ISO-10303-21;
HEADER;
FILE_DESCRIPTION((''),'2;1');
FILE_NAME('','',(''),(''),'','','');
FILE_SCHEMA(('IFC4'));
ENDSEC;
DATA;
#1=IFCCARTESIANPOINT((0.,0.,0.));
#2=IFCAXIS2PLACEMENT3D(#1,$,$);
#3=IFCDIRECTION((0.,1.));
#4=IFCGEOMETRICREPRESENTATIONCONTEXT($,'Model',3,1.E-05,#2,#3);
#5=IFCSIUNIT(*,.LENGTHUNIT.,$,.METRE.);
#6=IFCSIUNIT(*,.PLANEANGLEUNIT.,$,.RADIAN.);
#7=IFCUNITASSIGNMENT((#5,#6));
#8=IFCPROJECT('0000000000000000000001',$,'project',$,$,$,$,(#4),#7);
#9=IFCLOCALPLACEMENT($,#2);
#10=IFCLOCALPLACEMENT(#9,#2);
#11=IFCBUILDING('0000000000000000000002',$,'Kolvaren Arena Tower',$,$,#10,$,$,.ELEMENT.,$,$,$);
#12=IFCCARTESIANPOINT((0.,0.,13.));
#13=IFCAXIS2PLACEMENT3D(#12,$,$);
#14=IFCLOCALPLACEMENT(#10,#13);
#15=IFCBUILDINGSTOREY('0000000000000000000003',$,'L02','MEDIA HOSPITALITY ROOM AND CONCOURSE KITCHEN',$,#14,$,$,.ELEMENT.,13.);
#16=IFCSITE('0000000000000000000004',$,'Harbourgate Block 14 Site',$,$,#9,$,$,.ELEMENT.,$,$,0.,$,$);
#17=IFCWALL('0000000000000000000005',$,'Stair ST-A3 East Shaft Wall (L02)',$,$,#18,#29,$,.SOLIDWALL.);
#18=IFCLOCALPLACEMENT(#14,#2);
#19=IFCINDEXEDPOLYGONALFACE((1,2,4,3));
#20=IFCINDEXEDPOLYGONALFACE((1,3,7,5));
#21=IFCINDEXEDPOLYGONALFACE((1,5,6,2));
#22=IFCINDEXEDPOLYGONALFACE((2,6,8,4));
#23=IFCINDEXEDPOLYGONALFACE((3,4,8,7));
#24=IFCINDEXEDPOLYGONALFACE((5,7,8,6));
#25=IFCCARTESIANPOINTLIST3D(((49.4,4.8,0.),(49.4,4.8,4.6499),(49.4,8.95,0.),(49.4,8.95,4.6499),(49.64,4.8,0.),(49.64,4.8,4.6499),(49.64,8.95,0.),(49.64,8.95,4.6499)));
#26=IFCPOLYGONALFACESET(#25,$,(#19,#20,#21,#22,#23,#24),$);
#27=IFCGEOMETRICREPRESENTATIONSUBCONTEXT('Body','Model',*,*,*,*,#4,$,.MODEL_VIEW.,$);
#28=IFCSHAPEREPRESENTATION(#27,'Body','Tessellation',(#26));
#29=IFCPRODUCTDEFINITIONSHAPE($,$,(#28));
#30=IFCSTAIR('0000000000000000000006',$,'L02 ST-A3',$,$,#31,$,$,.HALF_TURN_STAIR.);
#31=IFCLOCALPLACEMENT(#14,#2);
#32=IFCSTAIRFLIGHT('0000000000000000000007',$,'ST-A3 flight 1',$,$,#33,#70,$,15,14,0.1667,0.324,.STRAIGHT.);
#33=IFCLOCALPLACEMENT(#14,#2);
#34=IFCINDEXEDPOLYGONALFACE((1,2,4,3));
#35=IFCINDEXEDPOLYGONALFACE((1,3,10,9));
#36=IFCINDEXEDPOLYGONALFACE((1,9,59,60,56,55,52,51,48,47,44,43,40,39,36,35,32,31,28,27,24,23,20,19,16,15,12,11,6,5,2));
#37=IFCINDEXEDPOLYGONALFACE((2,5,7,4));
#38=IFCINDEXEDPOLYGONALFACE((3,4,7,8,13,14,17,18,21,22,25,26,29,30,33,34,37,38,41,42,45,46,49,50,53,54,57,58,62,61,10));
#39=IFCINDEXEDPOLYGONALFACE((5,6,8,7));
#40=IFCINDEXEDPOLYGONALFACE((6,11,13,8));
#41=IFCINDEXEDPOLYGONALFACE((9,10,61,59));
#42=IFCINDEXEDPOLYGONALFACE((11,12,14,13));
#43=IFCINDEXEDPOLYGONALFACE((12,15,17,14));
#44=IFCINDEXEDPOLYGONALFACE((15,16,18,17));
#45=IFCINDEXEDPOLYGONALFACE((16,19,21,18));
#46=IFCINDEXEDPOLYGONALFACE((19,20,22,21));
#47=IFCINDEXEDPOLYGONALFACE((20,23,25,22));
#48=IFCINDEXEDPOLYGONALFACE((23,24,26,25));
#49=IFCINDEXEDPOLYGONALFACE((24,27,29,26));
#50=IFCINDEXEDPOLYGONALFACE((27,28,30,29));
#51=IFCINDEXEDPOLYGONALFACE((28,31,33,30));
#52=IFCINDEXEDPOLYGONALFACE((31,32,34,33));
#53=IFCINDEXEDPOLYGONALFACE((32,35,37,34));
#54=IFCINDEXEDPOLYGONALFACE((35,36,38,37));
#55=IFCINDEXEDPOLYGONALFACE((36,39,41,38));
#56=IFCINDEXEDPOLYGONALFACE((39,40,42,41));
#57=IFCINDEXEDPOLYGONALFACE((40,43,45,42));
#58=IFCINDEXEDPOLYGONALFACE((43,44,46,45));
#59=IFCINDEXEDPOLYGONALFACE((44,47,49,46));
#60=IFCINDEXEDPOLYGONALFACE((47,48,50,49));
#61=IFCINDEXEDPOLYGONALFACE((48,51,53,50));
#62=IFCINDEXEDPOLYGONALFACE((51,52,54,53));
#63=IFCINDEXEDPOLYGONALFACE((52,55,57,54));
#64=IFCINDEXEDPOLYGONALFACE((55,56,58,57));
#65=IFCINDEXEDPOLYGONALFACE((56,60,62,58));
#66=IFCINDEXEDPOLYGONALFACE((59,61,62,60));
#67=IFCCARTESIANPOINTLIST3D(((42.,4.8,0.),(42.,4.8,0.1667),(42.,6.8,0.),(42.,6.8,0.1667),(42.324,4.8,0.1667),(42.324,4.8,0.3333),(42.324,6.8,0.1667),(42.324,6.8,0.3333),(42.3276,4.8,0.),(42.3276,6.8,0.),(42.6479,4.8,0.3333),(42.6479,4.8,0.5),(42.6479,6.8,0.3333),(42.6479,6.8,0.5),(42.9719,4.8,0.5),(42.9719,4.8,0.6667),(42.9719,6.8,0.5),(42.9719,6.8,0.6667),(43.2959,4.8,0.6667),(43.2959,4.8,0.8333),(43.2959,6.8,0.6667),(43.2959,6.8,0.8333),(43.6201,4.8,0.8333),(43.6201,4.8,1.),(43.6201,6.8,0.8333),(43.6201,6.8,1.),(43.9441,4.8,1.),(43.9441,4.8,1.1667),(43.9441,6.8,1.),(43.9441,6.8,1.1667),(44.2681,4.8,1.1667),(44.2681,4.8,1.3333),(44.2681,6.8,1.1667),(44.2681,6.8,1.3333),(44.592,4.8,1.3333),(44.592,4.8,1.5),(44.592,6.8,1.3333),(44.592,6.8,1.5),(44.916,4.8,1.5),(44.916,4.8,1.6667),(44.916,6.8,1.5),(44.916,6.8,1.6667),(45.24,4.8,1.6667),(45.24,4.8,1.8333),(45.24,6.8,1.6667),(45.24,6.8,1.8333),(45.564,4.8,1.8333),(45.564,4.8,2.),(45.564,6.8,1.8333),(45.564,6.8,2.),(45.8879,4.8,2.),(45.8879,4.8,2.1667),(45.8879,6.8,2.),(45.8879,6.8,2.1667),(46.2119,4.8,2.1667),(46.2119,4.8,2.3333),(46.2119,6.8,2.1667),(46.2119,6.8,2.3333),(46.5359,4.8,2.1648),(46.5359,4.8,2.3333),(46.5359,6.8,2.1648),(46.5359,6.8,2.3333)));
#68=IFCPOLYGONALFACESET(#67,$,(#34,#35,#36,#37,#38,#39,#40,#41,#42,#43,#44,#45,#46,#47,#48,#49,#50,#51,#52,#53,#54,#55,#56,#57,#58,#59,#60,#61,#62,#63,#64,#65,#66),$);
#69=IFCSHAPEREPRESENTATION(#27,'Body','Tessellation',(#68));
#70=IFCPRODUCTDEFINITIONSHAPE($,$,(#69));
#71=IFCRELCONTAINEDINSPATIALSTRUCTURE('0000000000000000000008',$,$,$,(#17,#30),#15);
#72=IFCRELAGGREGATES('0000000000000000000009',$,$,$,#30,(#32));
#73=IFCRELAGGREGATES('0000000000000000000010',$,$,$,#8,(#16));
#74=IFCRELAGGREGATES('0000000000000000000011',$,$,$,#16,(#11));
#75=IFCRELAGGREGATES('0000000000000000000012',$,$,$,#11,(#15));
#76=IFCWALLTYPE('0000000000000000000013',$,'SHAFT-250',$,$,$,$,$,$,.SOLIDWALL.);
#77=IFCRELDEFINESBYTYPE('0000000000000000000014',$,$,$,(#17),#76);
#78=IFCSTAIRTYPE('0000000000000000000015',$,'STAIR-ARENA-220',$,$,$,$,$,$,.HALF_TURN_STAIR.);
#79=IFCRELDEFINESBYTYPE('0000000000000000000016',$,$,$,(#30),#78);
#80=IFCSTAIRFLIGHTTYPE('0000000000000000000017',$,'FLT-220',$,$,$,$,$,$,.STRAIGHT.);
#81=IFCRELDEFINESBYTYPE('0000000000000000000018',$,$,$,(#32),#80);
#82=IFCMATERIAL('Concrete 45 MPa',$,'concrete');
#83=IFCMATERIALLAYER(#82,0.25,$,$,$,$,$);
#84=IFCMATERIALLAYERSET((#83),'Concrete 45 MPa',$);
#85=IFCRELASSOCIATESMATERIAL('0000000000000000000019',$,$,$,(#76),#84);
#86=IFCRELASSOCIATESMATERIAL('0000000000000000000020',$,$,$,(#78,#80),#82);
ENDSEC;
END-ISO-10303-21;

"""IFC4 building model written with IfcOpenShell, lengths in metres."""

from ifc_helpers import new_model, si_unit, direction, frame, frame_2d, origin, place, context, subcontext, project, spatial, polyline, rectangle, outline, extrude, material, layer, layer_set, type_object, element, aggregate, save


model = new_model("IFC4")

# Units and contexts
model_context = context("Model", 3, precision=1e-05, world=origin(), true_north=direction((0.0, 1.0)))
body_context = subcontext(model_context, "Body", "Model", "MODEL_VIEW")
ifc_project = project(units=[si_unit("LENGTHUNIT", "METRE"), si_unit("PLANEANGLEUNIT", "RADIAN")], contexts=[model_context])

# Site, building, storey
site_placement = place(None, origin())
site = spatial("IfcSite", under=ifc_project, at=site_placement, Name="Harbourgate Block 14 Site", CompositionType="ELEMENT", RefElevation=0.0)
building_placement = place(site_placement, origin())
building = spatial("IfcBuilding", under=site, at=building_placement, Name="Kolvaren Arena Tower", CompositionType="ELEMENT")
storey_placement = place(building_placement, frame((0.0, 0.0, 13.0)))
storey = spatial("IfcBuildingStorey", under=building, at=storey_placement, Name="L02", Description="MEDIA HOSPITALITY ROOM AND CONCOURSE KITCHEN", CompositionType="ELEMENT", Elevation=13.0)

# Wall
ifc_material_1 = material(Name="Concrete 45 MPa", Category="concrete")
ifc_layer_1 = layer(ifc_material_1, 0.25)
ifc_layer_set_1 = layer_set([ifc_layer_1], Name="Concrete 45 MPa")
wall_type_1 = type_object("IfcWallType", Name="SHAFT-250", PredefinedType="SOLIDWALL", material=ifc_layer_set_1)
for number, where, z_axis, x_axis, name in (
    (1, (49.52, 4.8, 0.0), (0.0, 0.0, 1.0), (0.0, 1.0, 0.0), "Stair ST-A3 East Shaft Wall (L02)"),
):
    element("IfcWall", number, at=place(storey_placement, frame(where, z_axis=z_axis, x_axis=x_axis)), inside=storey, type_object=wall_type_1, Name=name, PredefinedType="SOLIDWALL", context=body_context, shape_type="SweptSolid", body=[
        extrude(rectangle(XDim=4.1499, YDim=0.24, at=frame_2d((2.075, 0.0))), origin(), (0.0, 0.0, 1.0), 4.6499),
    ])

# Stair, stair flight
stair_type = type_object("IfcStairType", Name="STAIR-ARENA-220", PredefinedType="HALF_TURN_STAIR", material=ifc_material_1)
stair_placement = place(storey_placement, origin())
stair = element("IfcStair", 2, at=stair_placement, inside=storey, type_object=stair_type, Name="L02 ST-A3", PredefinedType="HALF_TURN_STAIR")
stair_flight_type = type_object("IfcStairFlightType", Name="FLT-220", PredefinedType="STRAIGHT", material=ifc_material_1)
stair_flight_placement = place(storey_placement, frame((42.0, 5.8, 0.0), z_axis=(0.0, 0.0, 1.0), x_axis=(1.0, 0.0, 0.0)))
stair_flight = element("IfcStairFlight", 3, at=stair_flight_placement, type_object=stair_flight_type, Name="ST-A3 flight 1", NumberOfRisers=15, NumberOfTreads=14, PredefinedType="STRAIGHT", RiserHeight=0.1667, TreadLength=0.324, context=body_context, shape_type="SweptSolid", body=[
    extrude(outline(polyline([(0.0, 0.0), (0.0, 0.1667), (0.324, 0.1667), (0.324, 0.3333), (0.6479, 0.3333), (0.6479, 0.5), (0.9719, 0.5), (0.9719, 0.6667), (1.2959, 0.6667), (1.2959, 0.8333), (1.6201, 0.8333), (1.6201, 1.0), (1.9441, 1.0), (1.9441, 1.1667), (2.2681, 1.1667), (2.2681, 1.3333), (2.592, 1.3333), (2.592, 1.5), (2.916, 1.5), (2.916, 1.6667), (3.24, 1.6667), (3.24, 1.8333), (3.564, 1.8333), (3.564, 2.0), (3.8879, 2.0), (3.8879, 2.1667), (4.2119, 2.1667), (4.2119, 2.3333), (4.5359, 2.3333), (4.5359, 2.5), (4.5359, 2.1648), (0.3276, 0.0), (0.0, 0.0)])), frame((0.0, 1.0, 0.0), z_axis=(0.0, -1.0, 0.0), x_axis=(1.0, 0.0, 0.0)), (0.0, 0.0, 1.0), 2.0),
])
aggregate(stair, [stair_flight])

save(model, "model.ifc")
